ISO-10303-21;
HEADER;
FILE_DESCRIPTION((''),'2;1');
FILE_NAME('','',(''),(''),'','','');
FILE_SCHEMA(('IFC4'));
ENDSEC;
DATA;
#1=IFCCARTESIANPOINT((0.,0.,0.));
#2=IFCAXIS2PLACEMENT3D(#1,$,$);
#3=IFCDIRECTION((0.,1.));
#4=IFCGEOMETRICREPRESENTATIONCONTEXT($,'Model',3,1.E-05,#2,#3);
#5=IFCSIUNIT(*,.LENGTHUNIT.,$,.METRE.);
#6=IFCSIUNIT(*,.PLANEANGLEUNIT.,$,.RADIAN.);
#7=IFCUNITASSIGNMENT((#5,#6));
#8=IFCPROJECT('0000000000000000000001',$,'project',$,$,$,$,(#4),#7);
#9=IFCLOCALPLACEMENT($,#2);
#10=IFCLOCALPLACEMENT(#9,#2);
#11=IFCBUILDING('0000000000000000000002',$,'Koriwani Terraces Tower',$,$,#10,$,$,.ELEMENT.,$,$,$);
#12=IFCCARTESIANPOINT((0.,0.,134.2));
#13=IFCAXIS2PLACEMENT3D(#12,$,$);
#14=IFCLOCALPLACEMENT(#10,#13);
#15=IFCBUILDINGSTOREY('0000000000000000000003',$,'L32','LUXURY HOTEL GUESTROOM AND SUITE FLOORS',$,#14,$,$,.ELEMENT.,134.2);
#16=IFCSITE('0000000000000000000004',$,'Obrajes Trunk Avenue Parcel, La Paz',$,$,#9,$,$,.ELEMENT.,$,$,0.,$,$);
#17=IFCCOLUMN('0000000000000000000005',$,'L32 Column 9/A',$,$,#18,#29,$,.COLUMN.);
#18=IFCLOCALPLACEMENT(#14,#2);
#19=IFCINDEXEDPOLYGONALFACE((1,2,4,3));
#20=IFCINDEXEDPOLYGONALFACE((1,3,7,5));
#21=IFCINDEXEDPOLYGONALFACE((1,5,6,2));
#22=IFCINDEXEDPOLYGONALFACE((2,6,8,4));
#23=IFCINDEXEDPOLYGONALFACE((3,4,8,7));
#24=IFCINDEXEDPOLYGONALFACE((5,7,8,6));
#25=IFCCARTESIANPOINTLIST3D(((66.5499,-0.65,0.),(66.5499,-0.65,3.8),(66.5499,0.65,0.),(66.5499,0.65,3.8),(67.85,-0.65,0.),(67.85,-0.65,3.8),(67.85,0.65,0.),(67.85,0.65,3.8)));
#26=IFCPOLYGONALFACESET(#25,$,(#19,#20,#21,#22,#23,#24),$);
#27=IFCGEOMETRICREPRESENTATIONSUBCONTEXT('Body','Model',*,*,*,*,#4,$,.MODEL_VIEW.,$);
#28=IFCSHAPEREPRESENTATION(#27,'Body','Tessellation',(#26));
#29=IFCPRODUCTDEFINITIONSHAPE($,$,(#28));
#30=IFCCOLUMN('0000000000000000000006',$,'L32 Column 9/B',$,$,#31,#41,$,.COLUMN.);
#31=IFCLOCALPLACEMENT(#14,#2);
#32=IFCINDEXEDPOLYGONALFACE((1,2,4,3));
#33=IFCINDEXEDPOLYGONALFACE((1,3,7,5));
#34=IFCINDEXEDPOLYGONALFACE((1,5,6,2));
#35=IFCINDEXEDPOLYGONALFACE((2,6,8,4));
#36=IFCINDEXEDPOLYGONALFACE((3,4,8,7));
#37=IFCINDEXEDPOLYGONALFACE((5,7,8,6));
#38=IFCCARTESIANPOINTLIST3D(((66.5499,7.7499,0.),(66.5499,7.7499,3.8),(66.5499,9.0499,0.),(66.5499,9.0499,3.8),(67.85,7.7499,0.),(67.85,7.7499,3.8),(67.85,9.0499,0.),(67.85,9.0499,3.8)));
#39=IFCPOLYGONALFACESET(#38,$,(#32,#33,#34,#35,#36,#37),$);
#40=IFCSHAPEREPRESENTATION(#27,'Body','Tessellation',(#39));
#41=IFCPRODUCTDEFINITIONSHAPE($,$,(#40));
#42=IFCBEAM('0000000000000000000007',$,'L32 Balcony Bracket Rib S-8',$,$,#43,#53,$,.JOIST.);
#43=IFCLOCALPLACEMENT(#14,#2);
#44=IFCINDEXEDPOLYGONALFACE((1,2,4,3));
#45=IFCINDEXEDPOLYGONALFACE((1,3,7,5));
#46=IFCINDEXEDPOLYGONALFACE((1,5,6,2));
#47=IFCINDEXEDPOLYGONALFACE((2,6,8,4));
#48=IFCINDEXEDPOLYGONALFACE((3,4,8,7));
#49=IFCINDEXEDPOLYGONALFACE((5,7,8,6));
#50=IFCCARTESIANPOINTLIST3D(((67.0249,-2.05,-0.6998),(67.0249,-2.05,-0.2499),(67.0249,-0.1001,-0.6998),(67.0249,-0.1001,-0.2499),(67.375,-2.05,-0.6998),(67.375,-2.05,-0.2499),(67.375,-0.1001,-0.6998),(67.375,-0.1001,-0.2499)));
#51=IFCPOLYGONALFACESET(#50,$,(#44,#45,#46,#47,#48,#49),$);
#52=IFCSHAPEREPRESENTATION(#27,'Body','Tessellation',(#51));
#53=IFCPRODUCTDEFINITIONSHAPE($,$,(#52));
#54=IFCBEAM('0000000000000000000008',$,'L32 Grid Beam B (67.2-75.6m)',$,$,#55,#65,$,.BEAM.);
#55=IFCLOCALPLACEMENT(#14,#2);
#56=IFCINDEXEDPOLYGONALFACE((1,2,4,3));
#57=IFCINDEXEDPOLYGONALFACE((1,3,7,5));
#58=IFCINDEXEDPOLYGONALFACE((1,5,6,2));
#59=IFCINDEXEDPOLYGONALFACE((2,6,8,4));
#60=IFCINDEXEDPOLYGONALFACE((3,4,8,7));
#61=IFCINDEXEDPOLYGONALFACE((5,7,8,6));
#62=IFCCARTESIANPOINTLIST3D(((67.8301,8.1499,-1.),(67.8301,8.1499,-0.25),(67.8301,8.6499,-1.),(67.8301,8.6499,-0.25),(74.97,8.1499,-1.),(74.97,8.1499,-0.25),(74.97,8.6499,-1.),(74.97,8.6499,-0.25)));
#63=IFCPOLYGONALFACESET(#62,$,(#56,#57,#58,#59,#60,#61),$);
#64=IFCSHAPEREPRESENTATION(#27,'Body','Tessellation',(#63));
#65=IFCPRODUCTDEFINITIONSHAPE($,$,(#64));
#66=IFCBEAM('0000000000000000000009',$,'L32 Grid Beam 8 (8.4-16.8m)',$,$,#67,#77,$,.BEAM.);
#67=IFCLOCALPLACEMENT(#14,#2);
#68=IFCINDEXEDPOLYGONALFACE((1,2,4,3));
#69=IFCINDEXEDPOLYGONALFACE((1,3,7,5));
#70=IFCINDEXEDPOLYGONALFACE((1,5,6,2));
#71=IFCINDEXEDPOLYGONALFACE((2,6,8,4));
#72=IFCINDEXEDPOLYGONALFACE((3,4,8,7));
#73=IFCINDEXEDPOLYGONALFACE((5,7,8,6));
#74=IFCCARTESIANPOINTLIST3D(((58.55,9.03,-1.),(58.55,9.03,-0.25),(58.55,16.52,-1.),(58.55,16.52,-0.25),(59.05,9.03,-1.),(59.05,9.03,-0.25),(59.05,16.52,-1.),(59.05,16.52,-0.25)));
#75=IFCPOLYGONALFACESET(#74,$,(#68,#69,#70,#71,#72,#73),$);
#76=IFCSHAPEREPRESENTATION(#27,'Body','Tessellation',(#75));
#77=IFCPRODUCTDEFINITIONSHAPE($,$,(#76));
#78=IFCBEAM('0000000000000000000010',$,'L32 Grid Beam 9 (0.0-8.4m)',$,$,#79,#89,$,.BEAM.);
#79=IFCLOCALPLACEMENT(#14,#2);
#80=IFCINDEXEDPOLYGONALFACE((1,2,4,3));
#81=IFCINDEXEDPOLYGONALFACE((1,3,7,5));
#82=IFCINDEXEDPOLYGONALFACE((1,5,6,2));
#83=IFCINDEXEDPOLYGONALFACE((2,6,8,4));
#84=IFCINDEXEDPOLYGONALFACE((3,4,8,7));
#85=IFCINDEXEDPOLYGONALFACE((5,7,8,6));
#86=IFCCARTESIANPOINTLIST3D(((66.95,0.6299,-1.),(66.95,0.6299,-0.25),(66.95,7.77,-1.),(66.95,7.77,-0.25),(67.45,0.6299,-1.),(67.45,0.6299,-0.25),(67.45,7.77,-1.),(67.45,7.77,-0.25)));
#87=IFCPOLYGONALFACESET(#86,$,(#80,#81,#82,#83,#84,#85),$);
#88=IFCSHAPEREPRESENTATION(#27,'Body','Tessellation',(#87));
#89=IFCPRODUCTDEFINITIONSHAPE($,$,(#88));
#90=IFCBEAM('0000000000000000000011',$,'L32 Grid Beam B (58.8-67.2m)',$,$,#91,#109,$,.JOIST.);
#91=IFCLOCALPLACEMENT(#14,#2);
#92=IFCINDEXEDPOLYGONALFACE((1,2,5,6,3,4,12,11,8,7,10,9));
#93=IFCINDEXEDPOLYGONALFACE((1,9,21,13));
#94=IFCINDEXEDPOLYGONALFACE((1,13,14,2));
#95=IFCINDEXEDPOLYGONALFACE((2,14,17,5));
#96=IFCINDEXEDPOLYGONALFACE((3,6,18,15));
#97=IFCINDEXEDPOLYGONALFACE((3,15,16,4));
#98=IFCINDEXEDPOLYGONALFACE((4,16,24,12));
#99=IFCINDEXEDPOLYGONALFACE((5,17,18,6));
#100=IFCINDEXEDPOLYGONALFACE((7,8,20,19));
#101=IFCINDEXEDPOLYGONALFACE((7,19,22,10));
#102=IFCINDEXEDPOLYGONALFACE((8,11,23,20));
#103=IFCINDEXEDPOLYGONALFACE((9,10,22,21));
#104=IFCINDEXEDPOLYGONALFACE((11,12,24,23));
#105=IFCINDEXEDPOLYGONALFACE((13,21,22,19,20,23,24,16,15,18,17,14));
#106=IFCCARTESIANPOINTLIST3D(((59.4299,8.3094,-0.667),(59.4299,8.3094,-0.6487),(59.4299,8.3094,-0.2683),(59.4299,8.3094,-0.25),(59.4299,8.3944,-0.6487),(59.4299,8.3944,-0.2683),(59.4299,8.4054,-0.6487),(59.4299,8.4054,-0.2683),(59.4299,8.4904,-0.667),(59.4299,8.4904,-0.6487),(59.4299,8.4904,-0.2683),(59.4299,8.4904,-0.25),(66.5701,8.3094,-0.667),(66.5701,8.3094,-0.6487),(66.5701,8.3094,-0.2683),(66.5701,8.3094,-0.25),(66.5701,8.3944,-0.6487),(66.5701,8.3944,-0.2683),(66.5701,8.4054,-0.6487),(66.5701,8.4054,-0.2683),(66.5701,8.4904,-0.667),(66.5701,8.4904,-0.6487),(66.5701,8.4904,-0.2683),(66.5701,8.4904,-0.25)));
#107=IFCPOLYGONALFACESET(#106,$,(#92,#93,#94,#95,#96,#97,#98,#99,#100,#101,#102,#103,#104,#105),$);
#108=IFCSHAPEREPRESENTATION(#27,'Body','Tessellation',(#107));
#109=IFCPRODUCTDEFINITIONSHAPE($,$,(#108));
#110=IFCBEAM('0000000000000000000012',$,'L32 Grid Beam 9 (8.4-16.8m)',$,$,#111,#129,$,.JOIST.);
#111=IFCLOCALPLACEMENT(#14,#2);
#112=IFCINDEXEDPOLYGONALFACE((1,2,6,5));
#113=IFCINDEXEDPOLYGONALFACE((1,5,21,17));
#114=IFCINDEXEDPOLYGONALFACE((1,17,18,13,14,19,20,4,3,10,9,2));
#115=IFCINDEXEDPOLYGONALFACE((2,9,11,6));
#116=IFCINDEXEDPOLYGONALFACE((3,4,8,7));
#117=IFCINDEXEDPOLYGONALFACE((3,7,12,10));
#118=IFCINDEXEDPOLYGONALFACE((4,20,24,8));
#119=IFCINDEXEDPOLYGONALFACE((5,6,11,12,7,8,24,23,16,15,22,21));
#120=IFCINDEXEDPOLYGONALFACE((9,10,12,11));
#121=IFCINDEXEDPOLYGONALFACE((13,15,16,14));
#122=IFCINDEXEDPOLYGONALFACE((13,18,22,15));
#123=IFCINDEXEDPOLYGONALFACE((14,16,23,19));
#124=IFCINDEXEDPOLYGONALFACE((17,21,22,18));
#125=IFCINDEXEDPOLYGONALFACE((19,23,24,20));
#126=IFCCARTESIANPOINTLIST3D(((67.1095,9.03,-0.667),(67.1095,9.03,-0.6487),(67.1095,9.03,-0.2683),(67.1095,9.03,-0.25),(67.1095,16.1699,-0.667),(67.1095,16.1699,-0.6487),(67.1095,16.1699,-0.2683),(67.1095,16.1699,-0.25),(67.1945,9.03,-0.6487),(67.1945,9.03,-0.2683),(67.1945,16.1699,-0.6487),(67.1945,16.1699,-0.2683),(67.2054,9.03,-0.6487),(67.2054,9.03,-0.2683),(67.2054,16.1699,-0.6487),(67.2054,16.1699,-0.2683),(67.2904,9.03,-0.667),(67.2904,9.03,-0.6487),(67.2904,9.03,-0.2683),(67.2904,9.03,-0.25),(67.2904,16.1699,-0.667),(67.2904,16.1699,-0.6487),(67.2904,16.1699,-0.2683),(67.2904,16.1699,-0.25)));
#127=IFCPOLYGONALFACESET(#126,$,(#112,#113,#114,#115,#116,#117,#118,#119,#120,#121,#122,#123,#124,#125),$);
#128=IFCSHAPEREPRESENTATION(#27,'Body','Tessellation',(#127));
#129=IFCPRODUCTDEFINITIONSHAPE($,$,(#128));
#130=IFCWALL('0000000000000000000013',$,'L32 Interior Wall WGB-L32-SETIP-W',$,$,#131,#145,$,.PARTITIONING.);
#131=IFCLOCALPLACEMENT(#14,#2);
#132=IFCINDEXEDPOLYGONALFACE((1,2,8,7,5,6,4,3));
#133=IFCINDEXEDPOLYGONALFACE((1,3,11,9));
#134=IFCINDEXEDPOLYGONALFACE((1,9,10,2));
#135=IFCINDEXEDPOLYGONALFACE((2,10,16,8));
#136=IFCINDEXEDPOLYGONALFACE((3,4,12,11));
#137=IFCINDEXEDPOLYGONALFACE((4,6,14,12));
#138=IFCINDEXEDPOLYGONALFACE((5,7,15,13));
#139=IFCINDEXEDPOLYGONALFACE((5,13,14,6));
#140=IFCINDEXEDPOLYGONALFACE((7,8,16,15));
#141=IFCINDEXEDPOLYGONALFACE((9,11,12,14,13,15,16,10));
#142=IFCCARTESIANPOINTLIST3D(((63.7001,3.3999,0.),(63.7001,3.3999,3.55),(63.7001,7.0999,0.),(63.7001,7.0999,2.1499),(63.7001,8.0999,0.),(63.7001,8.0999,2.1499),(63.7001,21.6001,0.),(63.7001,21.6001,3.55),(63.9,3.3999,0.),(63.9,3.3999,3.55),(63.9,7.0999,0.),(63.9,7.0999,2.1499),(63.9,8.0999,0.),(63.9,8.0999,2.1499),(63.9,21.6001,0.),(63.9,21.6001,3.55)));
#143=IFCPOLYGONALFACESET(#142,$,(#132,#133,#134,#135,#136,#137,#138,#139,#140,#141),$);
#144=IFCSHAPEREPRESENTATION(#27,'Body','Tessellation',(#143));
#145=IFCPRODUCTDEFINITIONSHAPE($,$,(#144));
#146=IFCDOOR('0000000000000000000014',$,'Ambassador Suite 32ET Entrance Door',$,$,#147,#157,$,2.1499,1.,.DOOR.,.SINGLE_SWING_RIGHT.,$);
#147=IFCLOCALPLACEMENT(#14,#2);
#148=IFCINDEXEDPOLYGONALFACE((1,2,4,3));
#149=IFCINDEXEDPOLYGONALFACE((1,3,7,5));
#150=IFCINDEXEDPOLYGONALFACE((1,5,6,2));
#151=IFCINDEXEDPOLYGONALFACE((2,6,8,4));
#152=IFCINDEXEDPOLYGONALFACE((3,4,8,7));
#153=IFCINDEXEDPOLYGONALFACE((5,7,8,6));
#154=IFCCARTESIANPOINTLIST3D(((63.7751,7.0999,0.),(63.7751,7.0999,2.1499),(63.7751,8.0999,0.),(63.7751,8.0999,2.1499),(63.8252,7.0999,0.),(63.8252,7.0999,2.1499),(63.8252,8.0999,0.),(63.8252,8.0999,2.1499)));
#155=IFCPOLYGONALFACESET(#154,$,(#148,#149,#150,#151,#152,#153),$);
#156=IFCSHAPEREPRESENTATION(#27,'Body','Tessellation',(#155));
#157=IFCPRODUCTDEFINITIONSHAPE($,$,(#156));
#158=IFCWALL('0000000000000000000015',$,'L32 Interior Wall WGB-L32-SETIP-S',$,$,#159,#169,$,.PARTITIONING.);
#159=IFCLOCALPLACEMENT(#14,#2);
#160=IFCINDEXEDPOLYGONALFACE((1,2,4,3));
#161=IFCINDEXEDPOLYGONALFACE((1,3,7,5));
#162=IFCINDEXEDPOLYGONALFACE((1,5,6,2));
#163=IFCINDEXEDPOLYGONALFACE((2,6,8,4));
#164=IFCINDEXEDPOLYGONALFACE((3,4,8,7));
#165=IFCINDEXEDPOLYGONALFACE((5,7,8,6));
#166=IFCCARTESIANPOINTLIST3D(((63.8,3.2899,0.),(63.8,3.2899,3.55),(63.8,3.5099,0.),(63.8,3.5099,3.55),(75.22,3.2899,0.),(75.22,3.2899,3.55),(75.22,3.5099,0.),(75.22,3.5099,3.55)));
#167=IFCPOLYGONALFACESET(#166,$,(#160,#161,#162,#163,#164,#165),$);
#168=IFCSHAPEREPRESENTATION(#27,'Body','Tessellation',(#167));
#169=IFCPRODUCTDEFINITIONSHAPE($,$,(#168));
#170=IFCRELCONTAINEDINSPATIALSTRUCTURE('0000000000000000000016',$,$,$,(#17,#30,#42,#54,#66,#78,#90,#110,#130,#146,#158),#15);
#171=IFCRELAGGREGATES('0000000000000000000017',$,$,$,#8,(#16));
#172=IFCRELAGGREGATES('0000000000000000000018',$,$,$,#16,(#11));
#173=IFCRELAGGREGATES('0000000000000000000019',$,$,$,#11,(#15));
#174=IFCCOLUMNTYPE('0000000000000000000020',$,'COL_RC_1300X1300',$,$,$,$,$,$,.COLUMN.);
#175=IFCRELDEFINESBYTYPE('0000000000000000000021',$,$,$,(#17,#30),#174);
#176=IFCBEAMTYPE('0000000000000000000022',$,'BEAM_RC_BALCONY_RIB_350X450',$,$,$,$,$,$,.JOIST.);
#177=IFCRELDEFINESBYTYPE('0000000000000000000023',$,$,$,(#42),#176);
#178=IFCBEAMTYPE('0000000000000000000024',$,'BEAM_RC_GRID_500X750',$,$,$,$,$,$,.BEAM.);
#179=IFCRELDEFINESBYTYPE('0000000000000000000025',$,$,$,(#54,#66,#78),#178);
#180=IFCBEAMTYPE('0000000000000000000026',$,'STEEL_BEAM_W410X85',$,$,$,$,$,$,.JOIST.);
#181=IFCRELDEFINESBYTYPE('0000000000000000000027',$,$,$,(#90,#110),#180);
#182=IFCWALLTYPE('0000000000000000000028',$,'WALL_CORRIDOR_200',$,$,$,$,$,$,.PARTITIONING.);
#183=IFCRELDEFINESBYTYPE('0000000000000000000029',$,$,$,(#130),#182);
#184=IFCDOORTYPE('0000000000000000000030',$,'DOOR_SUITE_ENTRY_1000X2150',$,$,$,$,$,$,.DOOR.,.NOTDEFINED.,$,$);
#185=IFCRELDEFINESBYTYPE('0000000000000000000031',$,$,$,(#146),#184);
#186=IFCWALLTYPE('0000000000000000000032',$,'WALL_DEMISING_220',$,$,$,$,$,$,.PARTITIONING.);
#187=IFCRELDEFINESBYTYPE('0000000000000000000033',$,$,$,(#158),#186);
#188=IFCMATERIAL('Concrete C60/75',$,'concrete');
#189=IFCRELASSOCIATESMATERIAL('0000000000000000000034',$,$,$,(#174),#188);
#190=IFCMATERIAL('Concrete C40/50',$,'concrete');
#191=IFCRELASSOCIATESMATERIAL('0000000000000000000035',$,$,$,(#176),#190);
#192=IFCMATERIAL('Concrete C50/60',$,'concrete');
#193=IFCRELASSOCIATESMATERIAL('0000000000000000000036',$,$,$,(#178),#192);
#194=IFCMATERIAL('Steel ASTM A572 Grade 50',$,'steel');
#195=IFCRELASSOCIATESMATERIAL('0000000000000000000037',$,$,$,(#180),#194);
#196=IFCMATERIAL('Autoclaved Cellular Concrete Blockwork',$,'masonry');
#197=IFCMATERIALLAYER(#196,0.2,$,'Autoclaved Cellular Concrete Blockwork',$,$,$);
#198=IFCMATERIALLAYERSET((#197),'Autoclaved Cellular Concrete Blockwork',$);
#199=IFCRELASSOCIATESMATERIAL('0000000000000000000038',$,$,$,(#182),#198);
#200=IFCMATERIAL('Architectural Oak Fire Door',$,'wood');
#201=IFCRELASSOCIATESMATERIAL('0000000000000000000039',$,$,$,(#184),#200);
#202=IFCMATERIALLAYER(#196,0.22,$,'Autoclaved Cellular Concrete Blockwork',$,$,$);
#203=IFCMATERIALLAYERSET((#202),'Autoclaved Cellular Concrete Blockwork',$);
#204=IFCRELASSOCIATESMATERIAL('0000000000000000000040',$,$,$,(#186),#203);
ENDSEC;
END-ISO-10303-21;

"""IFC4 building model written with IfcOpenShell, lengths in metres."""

from ifc_helpers import new_model, si_unit, direction, frame, frame_2d, origin, origin_2d, place, context, subcontext, project, spatial, rectangle, i_section, extrude, material, layer, layer_set, material_profile, profile_set, type_object, element, fill, save


model = new_model("IFC4")

# Units and contexts
model_context = context("Model", 3, precision=1e-05, world=origin(), true_north=direction((0.0, 1.0)))
body_context = subcontext(model_context, "Body", "Model", "MODEL_VIEW")
ifc_project = project(units=[si_unit("LENGTHUNIT", "METRE"), si_unit("PLANEANGLEUNIT", "RADIAN")], contexts=[model_context])

# Site, building, storey
site_placement = place(None, origin())
site = spatial("IfcSite", under=ifc_project, at=site_placement, Name="Obrajes Trunk Avenue Parcel, La Paz", CompositionType="ELEMENT", RefElevation=0.0)
building_placement = place(site_placement, origin())
building = spatial("IfcBuilding", under=site, at=building_placement, Name="Koriwani Terraces Tower", CompositionType="ELEMENT")
storey_placement = place(building_placement, frame((0.0, 0.0, 134.2)))
storey = spatial("IfcBuildingStorey", under=building, at=storey_placement, Name="L32", Description="LUXURY HOTEL GUESTROOM AND SUITE FLOORS", CompositionType="ELEMENT", Elevation=134.2)

# Columns
ifc_material_1 = material(Name="Concrete C60/75", Category="concrete")
ifc_material_profile_1 = material_profile(ifc_material_1, rectangle(XDim=1.3, YDim=1.3, at=origin_2d()), Name="Concrete C60/75", Category="LoadBearing")
ifc_profile_set_1 = profile_set([ifc_material_profile_1], Name="Concrete C60/75")
column_type = type_object("IfcColumnType", Name="COL_RC_1300X1300", PredefinedType="COLUMN", material=ifc_profile_set_1)
for number, where, z_axis, x_axis, name in (
    (1, (67.2, 0.0, 0.0), (0.0, 0.0, 1.0), (1.0, 0.0, 0.0), "L32 Column 9/A"),
    (2, (67.2, 8.3999, 0.0), (0.0, 0.0, 1.0), (1.0, 0.0, 0.0), "L32 Column 9/B"),
):
    element("IfcColumn", number, at=place(storey_placement, frame(where, z_axis=z_axis, x_axis=x_axis)), inside=storey, type_object=column_type, Name=name, PredefinedType="COLUMN", context=body_context, shape_type="SweptSolid", body=[
        extrude(rectangle(XDim=1.3, YDim=1.3, at=origin_2d()), origin(), (0.0, 0.0, 1.0), 3.8),
    ])

# Beams
ifc_material_2 = material(Name="Concrete C40/50", Category="concrete")
ifc_material_profile_2 = material_profile(ifc_material_2, rectangle(XDim=0.3501, YDim=0.45, at=origin_2d()), Name="Concrete C40/50", Category="LoadBearing")
ifc_profile_set_2 = profile_set([ifc_material_profile_2], Name="Concrete C40/50")
beam_type_1 = type_object("IfcBeamType", Name="BEAM_RC_BALCONY_RIB_350X450", PredefinedType="JOIST", material=ifc_profile_set_2)
beam_1_placement = place(storey_placement, frame((67.2, -2.05, -0.4749), z_axis=(0.0, 1.0, 0.0), x_axis=(-1.0, 0.0, 0.0)))
element("IfcBeam", 3, at=beam_1_placement, inside=storey, type_object=beam_type_1, Name="L32 Balcony Bracket Rib S-8", PredefinedType="JOIST", context=body_context, shape_type="SweptSolid", body=[
    extrude(rectangle(XDim=0.3501, YDim=0.45, at=origin_2d()), origin(), (0.0, 0.0, 1.0), 1.95),
])
ifc_material_3 = material(Name="Concrete C50/60", Category="concrete")
ifc_material_profile_3 = material_profile(ifc_material_3, rectangle(XDim=0.5, YDim=0.75, at=origin_2d()), Name="Concrete C50/60", Category="LoadBearing")
ifc_profile_set_3 = profile_set([ifc_material_profile_3], Name="Concrete C50/60")
beam_type_2 = type_object("IfcBeamType", Name="BEAM_RC_GRID_500X750", PredefinedType="BEAM", material=ifc_profile_set_3)
beam_2_placement = place(storey_placement, frame((67.8301, 8.3999, -0.625), z_axis=(1.0, 0.0, 0.0), x_axis=(0.0, 1.0, 0.0)))
element("IfcBeam", 4, at=beam_2_placement, inside=storey, type_object=beam_type_2, Name="L32 Grid Beam B (67.2-75.6m)", PredefinedType="BEAM", context=body_context, shape_type="SweptSolid", body=[
    extrude(rectangle(XDim=0.5, YDim=0.75, at=origin_2d()), origin(), (0.0, 0.0, 1.0), 7.1399),
])
beam_3_placement = place(storey_placement, frame((58.8, 9.03, -0.625), z_axis=(0.0, 1.0, 0.0), x_axis=(-1.0, 0.0, 0.0)))
element("IfcBeam", 5, at=beam_3_placement, inside=storey, type_object=beam_type_2, Name="L32 Grid Beam 8 (8.4-16.8m)", PredefinedType="BEAM", context=body_context, shape_type="SweptSolid", body=[
    extrude(rectangle(XDim=0.5, YDim=0.75, at=origin_2d()), origin(), (0.0, 0.0, 1.0), 7.49),
])
beam_4_placement = place(storey_placement, frame((67.2, 0.6299, -0.625), z_axis=(0.0, 1.0, 0.0), x_axis=(-1.0, 0.0, 0.0)))
element("IfcBeam", 6, at=beam_4_placement, inside=storey, type_object=beam_type_2, Name="L32 Grid Beam 9 (0.0-8.4m)", PredefinedType="BEAM", context=body_context, shape_type="SweptSolid", body=[
    extrude(rectangle(XDim=0.5, YDim=0.75, at=origin_2d()), origin(), (0.0, 0.0, 1.0), 7.1401),
])
ifc_material_4 = material(Name="Steel ASTM A572 Grade 50", Category="steel")
ifc_material_profile_4 = material_profile(ifc_material_4, i_section(OverallWidth=0.1809, OverallDepth=0.417, WebThickness=0.011, FlangeThickness=0.0183, at=origin_2d()), Name="Steel ASTM A572 Grade 50", Category="LoadBearing")
ifc_profile_set_4 = profile_set([ifc_material_profile_4], Name="Steel ASTM A572 Grade 50")
beam_type_3 = type_object("IfcBeamType", Name="STEEL_BEAM_W410X85", PredefinedType="JOIST", material=ifc_profile_set_4)
beam_5_placement = place(storey_placement, frame((59.4299, 8.3999, -0.4585), z_axis=(1.0, 0.0, 0.0), x_axis=(0.0, 1.0, 0.0)))
element("IfcBeam", 7, at=beam_5_placement, inside=storey, type_object=beam_type_3, Name="L32 Grid Beam B (58.8-67.2m)", PredefinedType="JOIST", context=body_context, shape_type="SweptSolid", body=[
    extrude(i_section(OverallWidth=0.1809, OverallDepth=0.417, WebThickness=0.011, FlangeThickness=0.0183, at=origin_2d()), origin(), (0.0, 0.0, 1.0), 7.1401),
])
beam_6_placement = place(storey_placement, frame((67.2, 9.03, -0.4585), z_axis=(0.0, 1.0, 0.0), x_axis=(-1.0, 0.0, 0.0)))
element("IfcBeam", 8, at=beam_6_placement, inside=storey, type_object=beam_type_3, Name="L32 Grid Beam 9 (8.4-16.8m)", PredefinedType="JOIST", context=body_context, shape_type="SweptSolid", body=[
    extrude(i_section(OverallWidth=0.1809, OverallDepth=0.417, WebThickness=0.011, FlangeThickness=0.0183, at=origin_2d()), origin(), (0.0, 0.0, 1.0), 7.1399),
])

# Wall, opening, door
ifc_material_5 = material(Name="Autoclaved Cellular Concrete Blockwork", Category="masonry")
ifc_layer_1 = layer(ifc_material_5, 0.2, Name="Autoclaved Cellular Concrete Blockwork")
ifc_layer_set_1 = layer_set([ifc_layer_1], Name="Autoclaved Cellular Concrete Blockwork")
wall_type_1 = type_object("IfcWallType", Name="WALL_CORRIDOR_200", PredefinedType="PARTITIONING", material=ifc_layer_set_1)
wall_1_placement = place(storey_placement, frame((63.8, 3.3999, 0.0), z_axis=(0.0, 0.0, 1.0), x_axis=(0.0, 1.0, 0.0)))
wall_1 = element("IfcWall", 9, at=wall_1_placement, inside=storey, type_object=wall_type_1, Name="L32 Interior Wall WGB-L32-SETIP-W", PredefinedType="PARTITIONING", context=body_context, shape_type="SweptSolid", body=[
    extrude(rectangle(XDim=18.2002, YDim=0.2, at=frame_2d((9.1001, 0.0))), origin(), (0.0, 0.0, 1.0), 3.55),
])
opening_1_placement = place(wall_1_placement, frame((3.7, 0.0, 0.0)))
opening_1 = element("IfcOpeningElement", 10, at=opening_1_placement, cuts=wall_1, PredefinedType="OPENING", context=body_context, shape_type="SweptSolid", body=[
    extrude(rectangle(XDim=1.0, YDim=2.1499, at=frame_2d((0.5, 1.075))), frame((0.0, 0.1099, 0.0), z_axis=(0.0, -1.0, 0.0), x_axis=(1.0, 0.0, 0.0)), (0.0, 0.0, 1.0), 0.22),
])
ifc_material_6 = material(Name="Architectural Oak Fire Door", Category="wood")
door_type_1 = type_object("IfcDoorType", Name="DOOR_SUITE_ENTRY_1000X2150", OperationType="NOTDEFINED", PredefinedType="DOOR", material=ifc_material_6)
door_1_placement = place(opening_1_placement, origin())
door_1 = element("IfcDoor", 11, at=door_1_placement, inside=storey, type_object=door_type_1, Name="Ambassador Suite 32ET Entrance Door", OperationType="SINGLE_SWING_RIGHT", OverallHeight=2.1499, OverallWidth=1.0, PredefinedType="DOOR", context=body_context, shape_type="SweptSolid", body=[
    extrude(rectangle(XDim=1.0, YDim=2.1499, at=frame_2d((0.5, 1.075))), frame((0.0, 0.0249, 0.0), z_axis=(0.0, -1.0, 0.0), x_axis=(1.0, 0.0, 0.0)), (0.0, 0.0, 1.0), 0.05),
])
fill(opening_1, door_1)

# Wall
ifc_layer_2 = layer(ifc_material_5, 0.22, Name="Autoclaved Cellular Concrete Blockwork")
ifc_layer_set_2 = layer_set([ifc_layer_2], Name="Autoclaved Cellular Concrete Blockwork")
wall_type_2 = type_object("IfcWallType", Name="WALL_DEMISING_220", PredefinedType="PARTITIONING", material=ifc_layer_set_2)
wall_2_placement = place(storey_placement, frame((63.8, 3.3999, 0.0), z_axis=(0.0, 0.0, 1.0), x_axis=(1.0, 0.0, 0.0)))
element("IfcWall", 12, at=wall_2_placement, inside=storey, type_object=wall_type_2, Name="L32 Interior Wall WGB-L32-SETIP-S", PredefinedType="PARTITIONING", context=body_context, shape_type="SweptSolid", body=[
    extrude(rectangle(XDim=11.4199, YDim=0.22, at=frame_2d((5.71, 0.0))), origin(), (0.0, 0.0, 1.0), 3.55),
])

save(model, "model.ifc")
